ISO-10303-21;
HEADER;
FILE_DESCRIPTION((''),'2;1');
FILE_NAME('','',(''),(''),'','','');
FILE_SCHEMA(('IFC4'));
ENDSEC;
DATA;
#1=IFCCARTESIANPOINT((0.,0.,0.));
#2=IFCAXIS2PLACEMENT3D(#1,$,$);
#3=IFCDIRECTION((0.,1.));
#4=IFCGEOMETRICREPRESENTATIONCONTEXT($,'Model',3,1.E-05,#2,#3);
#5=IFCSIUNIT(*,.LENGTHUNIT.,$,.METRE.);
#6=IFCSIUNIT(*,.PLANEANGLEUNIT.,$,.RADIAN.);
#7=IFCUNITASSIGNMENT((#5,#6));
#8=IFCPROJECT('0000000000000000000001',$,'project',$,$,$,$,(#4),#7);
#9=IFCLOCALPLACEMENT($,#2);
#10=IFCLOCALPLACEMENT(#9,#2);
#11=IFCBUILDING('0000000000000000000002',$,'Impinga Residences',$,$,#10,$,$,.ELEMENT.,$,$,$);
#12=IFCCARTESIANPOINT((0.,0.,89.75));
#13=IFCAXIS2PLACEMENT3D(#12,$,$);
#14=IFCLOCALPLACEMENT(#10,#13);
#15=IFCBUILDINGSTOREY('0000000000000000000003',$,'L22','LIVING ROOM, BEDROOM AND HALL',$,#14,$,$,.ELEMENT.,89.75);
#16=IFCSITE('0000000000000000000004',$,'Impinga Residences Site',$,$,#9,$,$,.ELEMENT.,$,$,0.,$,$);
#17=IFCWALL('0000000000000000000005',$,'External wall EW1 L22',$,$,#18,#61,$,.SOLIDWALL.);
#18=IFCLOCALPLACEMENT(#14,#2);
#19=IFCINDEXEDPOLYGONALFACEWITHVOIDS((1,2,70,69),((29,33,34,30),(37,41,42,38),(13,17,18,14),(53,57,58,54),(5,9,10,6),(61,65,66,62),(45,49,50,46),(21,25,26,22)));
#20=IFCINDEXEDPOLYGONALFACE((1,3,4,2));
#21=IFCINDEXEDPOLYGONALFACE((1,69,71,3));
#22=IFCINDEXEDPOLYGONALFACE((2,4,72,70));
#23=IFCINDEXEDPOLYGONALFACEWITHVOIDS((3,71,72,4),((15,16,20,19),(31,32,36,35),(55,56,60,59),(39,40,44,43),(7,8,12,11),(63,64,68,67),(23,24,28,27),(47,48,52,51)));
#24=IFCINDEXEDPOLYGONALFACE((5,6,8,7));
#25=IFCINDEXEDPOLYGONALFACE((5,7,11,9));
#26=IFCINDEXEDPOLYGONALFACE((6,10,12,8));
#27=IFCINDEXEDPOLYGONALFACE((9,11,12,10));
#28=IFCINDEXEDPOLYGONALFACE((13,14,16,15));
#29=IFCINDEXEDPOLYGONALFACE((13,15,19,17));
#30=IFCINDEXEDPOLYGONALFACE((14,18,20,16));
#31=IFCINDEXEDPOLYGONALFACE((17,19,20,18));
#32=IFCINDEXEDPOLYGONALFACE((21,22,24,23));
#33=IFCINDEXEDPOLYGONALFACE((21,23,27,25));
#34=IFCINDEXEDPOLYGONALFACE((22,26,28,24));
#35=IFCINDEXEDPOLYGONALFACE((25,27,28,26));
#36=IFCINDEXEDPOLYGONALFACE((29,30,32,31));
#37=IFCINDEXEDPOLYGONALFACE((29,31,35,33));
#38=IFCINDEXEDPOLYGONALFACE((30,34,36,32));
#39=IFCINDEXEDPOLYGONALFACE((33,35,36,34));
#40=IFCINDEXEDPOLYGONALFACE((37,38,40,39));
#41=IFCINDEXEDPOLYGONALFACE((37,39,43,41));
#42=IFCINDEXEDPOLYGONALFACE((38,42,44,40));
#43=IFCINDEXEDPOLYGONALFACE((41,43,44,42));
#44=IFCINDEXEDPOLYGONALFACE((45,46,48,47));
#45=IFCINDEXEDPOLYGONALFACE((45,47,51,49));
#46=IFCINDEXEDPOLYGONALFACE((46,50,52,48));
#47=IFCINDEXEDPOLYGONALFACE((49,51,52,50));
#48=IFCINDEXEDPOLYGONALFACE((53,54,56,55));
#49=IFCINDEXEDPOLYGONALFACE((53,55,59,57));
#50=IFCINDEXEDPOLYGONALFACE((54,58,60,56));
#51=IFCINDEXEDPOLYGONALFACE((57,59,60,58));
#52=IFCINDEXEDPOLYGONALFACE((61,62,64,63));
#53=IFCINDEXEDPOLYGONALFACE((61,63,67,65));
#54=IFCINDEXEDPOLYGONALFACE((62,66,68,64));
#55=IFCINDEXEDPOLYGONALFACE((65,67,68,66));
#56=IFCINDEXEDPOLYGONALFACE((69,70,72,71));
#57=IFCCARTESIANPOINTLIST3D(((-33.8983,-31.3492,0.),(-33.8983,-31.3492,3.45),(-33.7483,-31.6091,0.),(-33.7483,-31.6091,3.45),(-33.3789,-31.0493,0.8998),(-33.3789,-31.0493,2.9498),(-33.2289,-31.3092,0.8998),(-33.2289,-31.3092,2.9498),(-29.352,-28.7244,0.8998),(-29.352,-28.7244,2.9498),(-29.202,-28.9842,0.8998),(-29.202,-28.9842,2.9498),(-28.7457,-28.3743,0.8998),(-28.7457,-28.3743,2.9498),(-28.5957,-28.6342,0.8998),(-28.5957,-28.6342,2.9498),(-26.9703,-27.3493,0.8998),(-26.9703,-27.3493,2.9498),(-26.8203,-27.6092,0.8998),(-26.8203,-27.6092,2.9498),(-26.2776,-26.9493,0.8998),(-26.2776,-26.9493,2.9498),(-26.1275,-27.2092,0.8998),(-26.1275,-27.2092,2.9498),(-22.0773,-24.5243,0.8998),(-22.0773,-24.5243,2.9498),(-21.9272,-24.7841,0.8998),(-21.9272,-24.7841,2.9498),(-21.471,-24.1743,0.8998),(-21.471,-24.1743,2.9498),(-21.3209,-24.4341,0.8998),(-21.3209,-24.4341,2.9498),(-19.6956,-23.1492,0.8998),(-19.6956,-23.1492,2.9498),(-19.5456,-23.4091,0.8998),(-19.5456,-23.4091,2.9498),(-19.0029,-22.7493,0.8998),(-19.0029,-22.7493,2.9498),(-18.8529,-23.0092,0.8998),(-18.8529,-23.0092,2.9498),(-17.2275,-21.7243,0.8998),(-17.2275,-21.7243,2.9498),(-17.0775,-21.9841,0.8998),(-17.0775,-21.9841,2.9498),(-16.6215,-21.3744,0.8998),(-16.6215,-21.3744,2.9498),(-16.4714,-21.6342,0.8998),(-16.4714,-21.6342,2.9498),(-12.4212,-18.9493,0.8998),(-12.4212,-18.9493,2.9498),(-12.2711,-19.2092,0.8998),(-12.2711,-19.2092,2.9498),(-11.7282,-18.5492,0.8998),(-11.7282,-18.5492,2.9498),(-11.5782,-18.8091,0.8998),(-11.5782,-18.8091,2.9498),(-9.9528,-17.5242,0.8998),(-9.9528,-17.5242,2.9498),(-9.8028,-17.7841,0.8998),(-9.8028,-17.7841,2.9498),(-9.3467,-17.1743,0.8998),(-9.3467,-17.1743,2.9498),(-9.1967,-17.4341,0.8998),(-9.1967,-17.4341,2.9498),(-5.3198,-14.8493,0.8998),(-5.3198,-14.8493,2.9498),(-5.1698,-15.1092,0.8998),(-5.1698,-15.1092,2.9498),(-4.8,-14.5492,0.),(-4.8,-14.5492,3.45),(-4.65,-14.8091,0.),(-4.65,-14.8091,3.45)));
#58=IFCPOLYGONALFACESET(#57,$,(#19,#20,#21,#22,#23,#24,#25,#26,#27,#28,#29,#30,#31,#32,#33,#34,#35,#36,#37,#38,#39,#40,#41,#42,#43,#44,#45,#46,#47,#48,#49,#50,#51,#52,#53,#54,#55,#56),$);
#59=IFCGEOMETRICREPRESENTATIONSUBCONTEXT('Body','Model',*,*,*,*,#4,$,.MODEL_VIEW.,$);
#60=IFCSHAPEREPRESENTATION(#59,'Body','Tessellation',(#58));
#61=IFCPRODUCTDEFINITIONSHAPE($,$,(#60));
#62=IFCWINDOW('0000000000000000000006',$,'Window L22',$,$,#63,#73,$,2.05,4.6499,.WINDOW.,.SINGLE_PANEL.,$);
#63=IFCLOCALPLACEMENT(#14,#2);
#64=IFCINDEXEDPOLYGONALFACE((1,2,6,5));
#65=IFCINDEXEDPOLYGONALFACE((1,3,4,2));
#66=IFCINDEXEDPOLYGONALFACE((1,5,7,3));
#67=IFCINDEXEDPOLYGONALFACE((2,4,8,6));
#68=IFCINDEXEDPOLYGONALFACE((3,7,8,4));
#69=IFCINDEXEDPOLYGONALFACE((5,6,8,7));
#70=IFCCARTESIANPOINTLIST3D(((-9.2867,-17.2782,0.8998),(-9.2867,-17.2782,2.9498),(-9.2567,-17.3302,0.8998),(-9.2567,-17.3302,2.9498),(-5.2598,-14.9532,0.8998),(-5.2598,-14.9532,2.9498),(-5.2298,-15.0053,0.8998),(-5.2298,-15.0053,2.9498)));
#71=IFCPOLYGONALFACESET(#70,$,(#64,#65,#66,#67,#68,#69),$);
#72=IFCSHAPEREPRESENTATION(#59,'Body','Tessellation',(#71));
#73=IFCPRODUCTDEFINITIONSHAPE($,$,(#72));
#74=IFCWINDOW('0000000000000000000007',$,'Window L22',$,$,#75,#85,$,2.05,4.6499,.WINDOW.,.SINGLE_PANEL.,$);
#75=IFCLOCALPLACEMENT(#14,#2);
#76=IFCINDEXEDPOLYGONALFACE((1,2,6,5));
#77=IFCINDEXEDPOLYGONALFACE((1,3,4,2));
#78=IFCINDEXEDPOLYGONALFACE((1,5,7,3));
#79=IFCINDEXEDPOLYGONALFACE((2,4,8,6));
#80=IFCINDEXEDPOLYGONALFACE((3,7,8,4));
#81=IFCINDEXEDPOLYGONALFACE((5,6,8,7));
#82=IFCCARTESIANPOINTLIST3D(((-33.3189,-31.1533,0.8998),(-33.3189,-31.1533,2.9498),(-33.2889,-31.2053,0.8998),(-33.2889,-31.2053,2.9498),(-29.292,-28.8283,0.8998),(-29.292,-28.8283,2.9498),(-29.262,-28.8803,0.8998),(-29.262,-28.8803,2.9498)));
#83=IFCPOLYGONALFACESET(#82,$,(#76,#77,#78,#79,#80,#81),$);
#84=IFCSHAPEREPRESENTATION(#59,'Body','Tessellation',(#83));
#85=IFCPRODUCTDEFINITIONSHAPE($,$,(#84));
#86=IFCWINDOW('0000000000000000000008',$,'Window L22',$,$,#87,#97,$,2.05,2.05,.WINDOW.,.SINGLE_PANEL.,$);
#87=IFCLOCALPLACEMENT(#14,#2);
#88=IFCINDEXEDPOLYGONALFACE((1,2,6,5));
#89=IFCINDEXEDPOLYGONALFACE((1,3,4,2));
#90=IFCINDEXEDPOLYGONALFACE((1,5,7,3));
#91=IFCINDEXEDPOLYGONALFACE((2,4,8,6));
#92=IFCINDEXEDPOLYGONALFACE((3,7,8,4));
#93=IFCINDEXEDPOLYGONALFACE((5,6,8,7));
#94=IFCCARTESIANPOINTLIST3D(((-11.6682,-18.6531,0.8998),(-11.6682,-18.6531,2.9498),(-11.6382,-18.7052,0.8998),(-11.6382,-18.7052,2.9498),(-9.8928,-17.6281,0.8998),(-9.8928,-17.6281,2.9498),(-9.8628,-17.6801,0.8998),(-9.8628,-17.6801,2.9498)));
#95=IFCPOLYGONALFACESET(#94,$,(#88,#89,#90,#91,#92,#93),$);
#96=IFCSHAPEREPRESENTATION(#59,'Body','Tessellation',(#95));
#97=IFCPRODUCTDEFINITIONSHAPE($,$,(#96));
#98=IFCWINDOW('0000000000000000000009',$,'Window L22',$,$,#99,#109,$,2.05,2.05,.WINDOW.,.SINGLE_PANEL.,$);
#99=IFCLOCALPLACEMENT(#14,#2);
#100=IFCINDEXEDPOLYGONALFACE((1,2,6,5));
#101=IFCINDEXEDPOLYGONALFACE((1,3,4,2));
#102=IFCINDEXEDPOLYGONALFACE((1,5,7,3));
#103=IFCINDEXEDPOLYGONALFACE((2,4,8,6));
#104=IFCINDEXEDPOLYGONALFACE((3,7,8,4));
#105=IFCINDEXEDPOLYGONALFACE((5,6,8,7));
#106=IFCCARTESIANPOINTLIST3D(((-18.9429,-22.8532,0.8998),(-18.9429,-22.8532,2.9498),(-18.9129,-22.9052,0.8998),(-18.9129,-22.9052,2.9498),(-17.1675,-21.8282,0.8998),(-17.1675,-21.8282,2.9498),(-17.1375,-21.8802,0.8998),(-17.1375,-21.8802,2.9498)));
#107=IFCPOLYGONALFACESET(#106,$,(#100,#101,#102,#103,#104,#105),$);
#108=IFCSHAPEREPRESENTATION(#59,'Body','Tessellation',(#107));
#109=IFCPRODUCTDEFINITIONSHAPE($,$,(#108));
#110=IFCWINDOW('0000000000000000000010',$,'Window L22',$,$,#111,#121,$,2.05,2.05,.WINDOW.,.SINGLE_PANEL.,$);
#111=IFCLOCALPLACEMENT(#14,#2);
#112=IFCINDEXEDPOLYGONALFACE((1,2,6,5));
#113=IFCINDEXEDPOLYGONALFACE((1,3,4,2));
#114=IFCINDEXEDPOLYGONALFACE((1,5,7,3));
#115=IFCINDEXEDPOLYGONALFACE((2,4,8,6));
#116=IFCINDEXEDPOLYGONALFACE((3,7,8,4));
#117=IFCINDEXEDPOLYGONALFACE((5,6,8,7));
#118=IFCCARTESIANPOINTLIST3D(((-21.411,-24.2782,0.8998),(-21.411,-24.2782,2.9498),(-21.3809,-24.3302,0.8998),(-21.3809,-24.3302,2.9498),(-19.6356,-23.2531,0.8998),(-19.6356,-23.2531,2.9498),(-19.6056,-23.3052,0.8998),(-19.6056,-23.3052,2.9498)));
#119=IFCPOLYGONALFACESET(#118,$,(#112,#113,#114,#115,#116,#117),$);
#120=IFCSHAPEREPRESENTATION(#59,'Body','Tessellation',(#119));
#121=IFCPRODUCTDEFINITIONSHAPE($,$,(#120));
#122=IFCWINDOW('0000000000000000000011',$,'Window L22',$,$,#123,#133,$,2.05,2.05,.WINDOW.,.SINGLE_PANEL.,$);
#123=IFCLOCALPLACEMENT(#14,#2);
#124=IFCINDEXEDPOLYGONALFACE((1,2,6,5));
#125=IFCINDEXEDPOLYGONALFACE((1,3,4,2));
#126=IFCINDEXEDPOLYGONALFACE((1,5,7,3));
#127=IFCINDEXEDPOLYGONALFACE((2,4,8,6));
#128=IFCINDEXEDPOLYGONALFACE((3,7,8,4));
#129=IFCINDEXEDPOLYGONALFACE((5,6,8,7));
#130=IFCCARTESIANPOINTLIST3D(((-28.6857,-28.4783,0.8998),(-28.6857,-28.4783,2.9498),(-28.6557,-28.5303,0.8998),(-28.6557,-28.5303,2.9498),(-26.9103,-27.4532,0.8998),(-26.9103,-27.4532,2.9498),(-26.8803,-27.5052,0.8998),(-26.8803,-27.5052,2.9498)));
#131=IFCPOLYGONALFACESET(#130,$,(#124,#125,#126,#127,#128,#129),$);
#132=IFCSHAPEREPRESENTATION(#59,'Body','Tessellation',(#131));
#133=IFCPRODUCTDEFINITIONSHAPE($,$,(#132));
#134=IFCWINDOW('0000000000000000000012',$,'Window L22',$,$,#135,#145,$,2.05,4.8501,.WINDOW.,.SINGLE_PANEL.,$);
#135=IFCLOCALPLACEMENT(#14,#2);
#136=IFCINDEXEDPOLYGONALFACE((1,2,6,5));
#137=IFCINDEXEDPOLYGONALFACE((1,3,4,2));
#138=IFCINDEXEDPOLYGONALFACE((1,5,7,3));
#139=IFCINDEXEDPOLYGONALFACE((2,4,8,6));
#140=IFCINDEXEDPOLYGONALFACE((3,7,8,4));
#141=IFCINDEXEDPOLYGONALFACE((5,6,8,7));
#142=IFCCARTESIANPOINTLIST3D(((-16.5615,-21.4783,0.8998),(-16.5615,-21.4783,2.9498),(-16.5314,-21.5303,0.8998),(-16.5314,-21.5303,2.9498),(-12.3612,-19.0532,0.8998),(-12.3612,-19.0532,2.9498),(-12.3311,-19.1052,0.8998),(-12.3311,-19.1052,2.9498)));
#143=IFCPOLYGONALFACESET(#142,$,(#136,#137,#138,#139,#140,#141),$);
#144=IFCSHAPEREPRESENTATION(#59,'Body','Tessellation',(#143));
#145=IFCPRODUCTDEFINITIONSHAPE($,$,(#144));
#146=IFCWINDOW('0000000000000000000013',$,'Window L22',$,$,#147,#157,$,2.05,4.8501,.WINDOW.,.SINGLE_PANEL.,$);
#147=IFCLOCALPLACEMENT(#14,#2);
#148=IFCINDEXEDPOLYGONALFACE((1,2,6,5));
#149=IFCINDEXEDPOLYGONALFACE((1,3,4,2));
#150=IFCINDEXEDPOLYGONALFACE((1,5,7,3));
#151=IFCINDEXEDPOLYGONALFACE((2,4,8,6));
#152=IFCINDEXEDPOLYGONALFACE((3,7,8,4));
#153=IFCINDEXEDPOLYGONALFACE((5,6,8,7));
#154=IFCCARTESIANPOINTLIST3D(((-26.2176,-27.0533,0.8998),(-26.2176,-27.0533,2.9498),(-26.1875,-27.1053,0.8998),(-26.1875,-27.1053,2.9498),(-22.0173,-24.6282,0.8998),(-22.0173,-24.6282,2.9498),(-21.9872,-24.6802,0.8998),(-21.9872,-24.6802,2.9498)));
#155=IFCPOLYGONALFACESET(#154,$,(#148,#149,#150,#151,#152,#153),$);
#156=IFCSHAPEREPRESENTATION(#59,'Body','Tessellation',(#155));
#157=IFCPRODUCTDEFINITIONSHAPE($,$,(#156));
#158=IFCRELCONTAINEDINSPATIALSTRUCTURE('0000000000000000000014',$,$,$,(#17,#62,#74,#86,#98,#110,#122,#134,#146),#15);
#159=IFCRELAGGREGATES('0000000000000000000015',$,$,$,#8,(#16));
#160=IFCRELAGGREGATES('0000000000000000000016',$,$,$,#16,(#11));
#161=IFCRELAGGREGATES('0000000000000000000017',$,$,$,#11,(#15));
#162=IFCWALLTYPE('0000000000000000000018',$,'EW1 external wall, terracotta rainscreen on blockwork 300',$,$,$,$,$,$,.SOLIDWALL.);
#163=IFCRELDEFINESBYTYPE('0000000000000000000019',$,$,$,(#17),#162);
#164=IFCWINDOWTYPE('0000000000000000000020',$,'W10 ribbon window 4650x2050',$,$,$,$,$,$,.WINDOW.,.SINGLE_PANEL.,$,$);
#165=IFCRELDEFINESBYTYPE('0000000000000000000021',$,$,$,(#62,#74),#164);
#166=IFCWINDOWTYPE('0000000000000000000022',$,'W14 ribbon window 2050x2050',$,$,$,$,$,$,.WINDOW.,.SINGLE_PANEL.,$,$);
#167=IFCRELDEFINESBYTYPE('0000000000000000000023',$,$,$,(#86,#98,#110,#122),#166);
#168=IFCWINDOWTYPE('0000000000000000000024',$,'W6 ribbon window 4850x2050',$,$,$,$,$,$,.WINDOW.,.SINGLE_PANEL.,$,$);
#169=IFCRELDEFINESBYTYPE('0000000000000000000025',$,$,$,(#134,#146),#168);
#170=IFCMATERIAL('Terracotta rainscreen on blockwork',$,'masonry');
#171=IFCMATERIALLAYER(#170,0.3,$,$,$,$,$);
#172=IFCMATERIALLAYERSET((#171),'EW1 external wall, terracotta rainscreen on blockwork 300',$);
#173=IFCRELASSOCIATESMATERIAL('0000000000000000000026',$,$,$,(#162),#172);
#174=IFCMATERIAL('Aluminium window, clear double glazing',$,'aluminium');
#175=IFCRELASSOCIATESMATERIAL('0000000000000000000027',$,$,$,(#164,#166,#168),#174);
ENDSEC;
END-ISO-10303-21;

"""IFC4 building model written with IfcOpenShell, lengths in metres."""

from ifc_helpers import new_model, si_unit, direction, frame, frame_2d, origin, place, context, subcontext, project, spatial, rectangle, extrude, material, layer, layer_set, type_object, element, fill, save


model = new_model("IFC4")

# Units and contexts
model_context = context("Model", 3, precision=1e-05, world=origin(), true_north=direction((0.0, 1.0)))
body_context = subcontext(model_context, "Body", "Model", "MODEL_VIEW")
ifc_project = project(units=[si_unit("LENGTHUNIT", "METRE"), si_unit("PLANEANGLEUNIT", "RADIAN")], contexts=[model_context])

# Site, building, storey
site_placement = place(None, origin())
site = spatial("IfcSite", under=ifc_project, at=site_placement, Name="Impinga Residences Site", CompositionType="ELEMENT", RefElevation=0.0)
building_placement = place(site_placement, origin())
building = spatial("IfcBuilding", under=site, at=building_placement, Name="Impinga Residences", CompositionType="ELEMENT")
storey_placement = place(building_placement, frame((0.0, 0.0, 89.75)))
storey = spatial("IfcBuildingStorey", under=building, at=storey_placement, Name="L22", Description="LIVING ROOM, BEDROOM AND HALL", CompositionType="ELEMENT", Elevation=89.75)

# Shared definitions
ifc_material_1 = material(Name="Terracotta rainscreen on blockwork", Category="masonry")
ifc_layer_1 = layer(ifc_material_1, 0.3)
ifc_layer_set_1 = layer_set([ifc_layer_1], Name="EW1 external wall, terracotta rainscreen on blockwork 300")
wall_type_1 = type_object("IfcWallType", Name="EW1 external wall, terracotta rainscreen on blockwork 300", PredefinedType="SOLIDWALL", material=ifc_layer_set_1)

# Wall, openings, windows
wall_1_placement = place(storey_placement, frame((-4.7251, -14.6792, 0.0), z_axis=(0.0, 0.0, 1.0), x_axis=(-0.866024, -0.500002, 0.0)))
wall_1 = element("IfcWall", 1, at=wall_1_placement, inside=storey, type_object=wall_type_1, Name="External wall EW1 L22", PredefinedType="SOLIDWALL", context=body_context, shape_type="SweptSolid", body=[
    extrude(rectangle(XDim=33.5999, YDim=0.3, at=frame_2d((16.7998, 0.0))), origin(), (0.0, 0.0, 1.0), 3.45),
])
opening_1_placement = place(wall_1_placement, frame((0.6001, 0.0, 0.8999)))
opening_1 = element("IfcOpeningElement", 2, at=opening_1_placement, cuts=wall_1, PredefinedType="OPENING", context=body_context, shape_type="SweptSolid", body=[
    extrude(rectangle(XDim=4.6499, YDim=2.05, at=frame_2d((2.325, 1.0249))), frame((0.0, 0.1599, 0.0), z_axis=(0.0, -1.0, 0.0), x_axis=(1.0, 0.0, 0.0)), (0.0, 0.0, 1.0), 0.3201),
])
opening_2_placement = place(wall_1_placement, frame((5.95, 0.0, 0.8999)))
opening_2 = element("IfcOpeningElement", 3, at=opening_2_placement, cuts=wall_1, PredefinedType="OPENING", context=body_context, shape_type="SweptSolid", body=[
    extrude(rectangle(XDim=2.05, YDim=2.05, at=frame_2d((1.0249, 1.0249))), frame((0.0, 0.1599, 0.0), z_axis=(0.0, -1.0, 0.0), x_axis=(1.0, 0.0, 0.0)), (0.0, 0.0, 1.0), 0.3201),
])
opening_3_placement = place(wall_1_placement, frame((8.8, 0.0, 0.8999)))
opening_3 = element("IfcOpeningElement", 4, at=opening_3_placement, cuts=wall_1, PredefinedType="OPENING", context=body_context, shape_type="SweptSolid", body=[
    extrude(rectangle(XDim=4.8501, YDim=2.05, at=frame_2d((2.425, 1.0249))), frame((0.0, 0.1599, 0.0), z_axis=(0.0, -1.0, 0.0), x_axis=(1.0, 0.0, 0.0)), (0.0, 0.0, 1.0), 0.3201),
])
opening_4_placement = place(wall_1_placement, frame((14.3501, 0.0, 0.8999)))
opening_4 = element("IfcOpeningElement", 5, at=opening_4_placement, cuts=wall_1, PredefinedType="OPENING", context=body_context, shape_type="SweptSolid", body=[
    extrude(rectangle(XDim=2.05, YDim=2.05, at=frame_2d((1.0249, 1.0249))), frame((0.0, 0.1599, 0.0), z_axis=(0.0, -1.0, 0.0), x_axis=(1.0, 0.0, 0.0)), (0.0, 0.0, 1.0), 0.3201),
])
opening_5_placement = place(wall_1_placement, frame((17.2, 0.0, 0.8999)))
opening_5 = element("IfcOpeningElement", 6, at=opening_5_placement, cuts=wall_1, PredefinedType="OPENING", context=body_context, shape_type="SweptSolid", body=[
    extrude(rectangle(XDim=2.05, YDim=2.05, at=frame_2d((1.0249, 1.0249))), frame((0.0, 0.1599, 0.0), z_axis=(0.0, -1.0, 0.0), x_axis=(1.0, 0.0, 0.0)), (0.0, 0.0, 1.0), 0.3201),
])
opening_6_placement = place(wall_1_placement, frame((19.95, 0.0, 0.8999)))
opening_6 = element("IfcOpeningElement", 7, at=opening_6_placement, cuts=wall_1, PredefinedType="OPENING", context=body_context, shape_type="SweptSolid", body=[
    extrude(rectangle(XDim=4.8501, YDim=2.05, at=frame_2d((2.425, 1.0249))), frame((0.0, 0.1599, 0.0), z_axis=(0.0, -1.0, 0.0), x_axis=(1.0, 0.0, 0.0)), (0.0, 0.0, 1.0), 0.3201),
])
opening_7_placement = place(wall_1_placement, frame((25.6001, 0.0, 0.8999)))
opening_7 = element("IfcOpeningElement", 8, at=opening_7_placement, cuts=wall_1, PredefinedType="OPENING", context=body_context, shape_type="SweptSolid", body=[
    extrude(rectangle(XDim=2.05, YDim=2.05, at=frame_2d((1.0249, 1.0249))), frame((0.0, 0.1599, 0.0), z_axis=(0.0, -1.0, 0.0), x_axis=(1.0, 0.0, 0.0)), (0.0, 0.0, 1.0), 0.3201),
])
opening_8_placement = place(wall_1_placement, frame((28.3501, 0.0, 0.8999)))
opening_8 = element("IfcOpeningElement", 9, at=opening_8_placement, cuts=wall_1, PredefinedType="OPENING", context=body_context, shape_type="SweptSolid", body=[
    extrude(rectangle(XDim=4.6499, YDim=2.05, at=frame_2d((2.325, 1.0249))), frame((0.0, 0.1599, 0.0), z_axis=(0.0, -1.0, 0.0), x_axis=(1.0, 0.0, 0.0)), (0.0, 0.0, 1.0), 0.3201),
])
ifc_material_2 = material(Name="Aluminium window, clear double glazing", Category="aluminium")
window_type_1 = type_object("IfcWindowType", Name="W10 ribbon window 4650x2050", PartitioningType="SINGLE_PANEL", PredefinedType="WINDOW", material=ifc_material_2)
window_1_placement = place(opening_1_placement, origin())
window_1 = element("IfcWindow", 10, at=window_1_placement, inside=storey, type_object=window_type_1, Name="Window L22", OverallHeight=2.05, OverallWidth=4.6499, PartitioningType="SINGLE_PANEL", PredefinedType="WINDOW", context=body_context, shape_type="SweptSolid", body=[
    extrude(rectangle(XDim=4.6499, YDim=2.05, at=frame_2d((2.325, 1.0249))), frame((0.0, 0.03, 0.0), z_axis=(0.0, -1.0, 0.0), x_axis=(1.0, 0.0, 0.0)), (0.0, 0.0, 1.0), 0.0601),
])
fill(opening_1, window_1)
window_2_placement = place(opening_8_placement, origin())
window_2 = element("IfcWindow", 11, at=window_2_placement, inside=storey, type_object=window_type_1, Name="Window L22", OverallHeight=2.05, OverallWidth=4.6499, PartitioningType="SINGLE_PANEL", PredefinedType="WINDOW", context=body_context, shape_type="SweptSolid", body=[
    extrude(rectangle(XDim=4.6499, YDim=2.05, at=frame_2d((2.325, 1.0249))), frame((0.0, 0.03, 0.0), z_axis=(0.0, -1.0, 0.0), x_axis=(1.0, 0.0, 0.0)), (0.0, 0.0, 1.0), 0.0601),
])
fill(opening_8, window_2)
window_type_2 = type_object("IfcWindowType", Name="W14 ribbon window 2050x2050", PartitioningType="SINGLE_PANEL", PredefinedType="WINDOW", material=ifc_material_2)
window_3_placement = place(opening_2_placement, origin())
window_3 = element("IfcWindow", 12, at=window_3_placement, inside=storey, type_object=window_type_2, Name="Window L22", OverallHeight=2.05, OverallWidth=2.05, PartitioningType="SINGLE_PANEL", PredefinedType="WINDOW", context=body_context, shape_type="SweptSolid", body=[
    extrude(rectangle(XDim=2.05, YDim=2.05, at=frame_2d((1.0249, 1.0249))), frame((0.0, 0.03, 0.0), z_axis=(0.0, -1.0, 0.0), x_axis=(1.0, 0.0, 0.0)), (0.0, 0.0, 1.0), 0.0601),
])
fill(opening_2, window_3)
window_4_placement = place(opening_4_placement, origin())
window_4 = element("IfcWindow", 13, at=window_4_placement, inside=storey, type_object=window_type_2, Name="Window L22", OverallHeight=2.05, OverallWidth=2.05, PartitioningType="SINGLE_PANEL", PredefinedType="WINDOW", context=body_context, shape_type="SweptSolid", body=[
    extrude(rectangle(XDim=2.05, YDim=2.05, at=frame_2d((1.0249, 1.0249))), frame((0.0, 0.03, 0.0), z_axis=(0.0, -1.0, 0.0), x_axis=(1.0, 0.0, 0.0)), (0.0, 0.0, 1.0), 0.0601),
])
fill(opening_4, window_4)
window_5_placement = place(opening_5_placement, origin())
window_5 = element("IfcWindow", 14, at=window_5_placement, inside=storey, type_object=window_type_2, Name="Window L22", OverallHeight=2.05, OverallWidth=2.05, PartitioningType="SINGLE_PANEL", PredefinedType="WINDOW", context=body_context, shape_type="SweptSolid", body=[
    extrude(rectangle(XDim=2.05, YDim=2.05, at=frame_2d((1.0249, 1.0249))), frame((0.0, 0.03, 0.0), z_axis=(0.0, -1.0, 0.0), x_axis=(1.0, 0.0, 0.0)), (0.0, 0.0, 1.0), 0.0601),
])
fill(opening_5, window_5)
window_6_placement = place(opening_7_placement, origin())
window_6 = element("IfcWindow", 15, at=window_6_placement, inside=storey, type_object=window_type_2, Name="Window L22", OverallHeight=2.05, OverallWidth=2.05, PartitioningType="SINGLE_PANEL", PredefinedType="WINDOW", context=body_context, shape_type="SweptSolid", body=[
    extrude(rectangle(XDim=2.05, YDim=2.05, at=frame_2d((1.0249, 1.0249))), frame((0.0, 0.03, 0.0), z_axis=(0.0, -1.0, 0.0), x_axis=(1.0, 0.0, 0.0)), (0.0, 0.0, 1.0), 0.0601),
])
fill(opening_7, window_6)
window_type_3 = type_object("IfcWindowType", Name="W6 ribbon window 4850x2050", PartitioningType="SINGLE_PANEL", PredefinedType="WINDOW", material=ifc_material_2)
window_7_placement = place(opening_3_placement, origin())
window_7 = element("IfcWindow", 16, at=window_7_placement, inside=storey, type_object=window_type_3, Name="Window L22", OverallHeight=2.05, OverallWidth=4.8501, PartitioningType="SINGLE_PANEL", PredefinedType="WINDOW", context=body_context, shape_type="SweptSolid", body=[
    extrude(rectangle(XDim=4.8501, YDim=2.05, at=frame_2d((2.425, 1.0249))), frame((0.0, 0.03, 0.0), z_axis=(0.0, -1.0, 0.0), x_axis=(1.0, 0.0, 0.0)), (0.0, 0.0, 1.0), 0.0601),
])
fill(opening_3, window_7)
window_8_placement = place(opening_6_placement, origin())
window_8 = element("IfcWindow", 17, at=window_8_placement, inside=storey, type_object=window_type_3, Name="Window L22", OverallHeight=2.05, OverallWidth=4.8501, PartitioningType="SINGLE_PANEL", PredefinedType="WINDOW", context=body_context, shape_type="SweptSolid", body=[
    extrude(rectangle(XDim=4.8501, YDim=2.05, at=frame_2d((2.425, 1.0249))), frame((0.0, 0.03, 0.0), z_axis=(0.0, -1.0, 0.0), x_axis=(1.0, 0.0, 0.0)), (0.0, 0.0, 1.0), 0.0601),
])
fill(opening_6, window_8)

save(model, "model.ifc")
